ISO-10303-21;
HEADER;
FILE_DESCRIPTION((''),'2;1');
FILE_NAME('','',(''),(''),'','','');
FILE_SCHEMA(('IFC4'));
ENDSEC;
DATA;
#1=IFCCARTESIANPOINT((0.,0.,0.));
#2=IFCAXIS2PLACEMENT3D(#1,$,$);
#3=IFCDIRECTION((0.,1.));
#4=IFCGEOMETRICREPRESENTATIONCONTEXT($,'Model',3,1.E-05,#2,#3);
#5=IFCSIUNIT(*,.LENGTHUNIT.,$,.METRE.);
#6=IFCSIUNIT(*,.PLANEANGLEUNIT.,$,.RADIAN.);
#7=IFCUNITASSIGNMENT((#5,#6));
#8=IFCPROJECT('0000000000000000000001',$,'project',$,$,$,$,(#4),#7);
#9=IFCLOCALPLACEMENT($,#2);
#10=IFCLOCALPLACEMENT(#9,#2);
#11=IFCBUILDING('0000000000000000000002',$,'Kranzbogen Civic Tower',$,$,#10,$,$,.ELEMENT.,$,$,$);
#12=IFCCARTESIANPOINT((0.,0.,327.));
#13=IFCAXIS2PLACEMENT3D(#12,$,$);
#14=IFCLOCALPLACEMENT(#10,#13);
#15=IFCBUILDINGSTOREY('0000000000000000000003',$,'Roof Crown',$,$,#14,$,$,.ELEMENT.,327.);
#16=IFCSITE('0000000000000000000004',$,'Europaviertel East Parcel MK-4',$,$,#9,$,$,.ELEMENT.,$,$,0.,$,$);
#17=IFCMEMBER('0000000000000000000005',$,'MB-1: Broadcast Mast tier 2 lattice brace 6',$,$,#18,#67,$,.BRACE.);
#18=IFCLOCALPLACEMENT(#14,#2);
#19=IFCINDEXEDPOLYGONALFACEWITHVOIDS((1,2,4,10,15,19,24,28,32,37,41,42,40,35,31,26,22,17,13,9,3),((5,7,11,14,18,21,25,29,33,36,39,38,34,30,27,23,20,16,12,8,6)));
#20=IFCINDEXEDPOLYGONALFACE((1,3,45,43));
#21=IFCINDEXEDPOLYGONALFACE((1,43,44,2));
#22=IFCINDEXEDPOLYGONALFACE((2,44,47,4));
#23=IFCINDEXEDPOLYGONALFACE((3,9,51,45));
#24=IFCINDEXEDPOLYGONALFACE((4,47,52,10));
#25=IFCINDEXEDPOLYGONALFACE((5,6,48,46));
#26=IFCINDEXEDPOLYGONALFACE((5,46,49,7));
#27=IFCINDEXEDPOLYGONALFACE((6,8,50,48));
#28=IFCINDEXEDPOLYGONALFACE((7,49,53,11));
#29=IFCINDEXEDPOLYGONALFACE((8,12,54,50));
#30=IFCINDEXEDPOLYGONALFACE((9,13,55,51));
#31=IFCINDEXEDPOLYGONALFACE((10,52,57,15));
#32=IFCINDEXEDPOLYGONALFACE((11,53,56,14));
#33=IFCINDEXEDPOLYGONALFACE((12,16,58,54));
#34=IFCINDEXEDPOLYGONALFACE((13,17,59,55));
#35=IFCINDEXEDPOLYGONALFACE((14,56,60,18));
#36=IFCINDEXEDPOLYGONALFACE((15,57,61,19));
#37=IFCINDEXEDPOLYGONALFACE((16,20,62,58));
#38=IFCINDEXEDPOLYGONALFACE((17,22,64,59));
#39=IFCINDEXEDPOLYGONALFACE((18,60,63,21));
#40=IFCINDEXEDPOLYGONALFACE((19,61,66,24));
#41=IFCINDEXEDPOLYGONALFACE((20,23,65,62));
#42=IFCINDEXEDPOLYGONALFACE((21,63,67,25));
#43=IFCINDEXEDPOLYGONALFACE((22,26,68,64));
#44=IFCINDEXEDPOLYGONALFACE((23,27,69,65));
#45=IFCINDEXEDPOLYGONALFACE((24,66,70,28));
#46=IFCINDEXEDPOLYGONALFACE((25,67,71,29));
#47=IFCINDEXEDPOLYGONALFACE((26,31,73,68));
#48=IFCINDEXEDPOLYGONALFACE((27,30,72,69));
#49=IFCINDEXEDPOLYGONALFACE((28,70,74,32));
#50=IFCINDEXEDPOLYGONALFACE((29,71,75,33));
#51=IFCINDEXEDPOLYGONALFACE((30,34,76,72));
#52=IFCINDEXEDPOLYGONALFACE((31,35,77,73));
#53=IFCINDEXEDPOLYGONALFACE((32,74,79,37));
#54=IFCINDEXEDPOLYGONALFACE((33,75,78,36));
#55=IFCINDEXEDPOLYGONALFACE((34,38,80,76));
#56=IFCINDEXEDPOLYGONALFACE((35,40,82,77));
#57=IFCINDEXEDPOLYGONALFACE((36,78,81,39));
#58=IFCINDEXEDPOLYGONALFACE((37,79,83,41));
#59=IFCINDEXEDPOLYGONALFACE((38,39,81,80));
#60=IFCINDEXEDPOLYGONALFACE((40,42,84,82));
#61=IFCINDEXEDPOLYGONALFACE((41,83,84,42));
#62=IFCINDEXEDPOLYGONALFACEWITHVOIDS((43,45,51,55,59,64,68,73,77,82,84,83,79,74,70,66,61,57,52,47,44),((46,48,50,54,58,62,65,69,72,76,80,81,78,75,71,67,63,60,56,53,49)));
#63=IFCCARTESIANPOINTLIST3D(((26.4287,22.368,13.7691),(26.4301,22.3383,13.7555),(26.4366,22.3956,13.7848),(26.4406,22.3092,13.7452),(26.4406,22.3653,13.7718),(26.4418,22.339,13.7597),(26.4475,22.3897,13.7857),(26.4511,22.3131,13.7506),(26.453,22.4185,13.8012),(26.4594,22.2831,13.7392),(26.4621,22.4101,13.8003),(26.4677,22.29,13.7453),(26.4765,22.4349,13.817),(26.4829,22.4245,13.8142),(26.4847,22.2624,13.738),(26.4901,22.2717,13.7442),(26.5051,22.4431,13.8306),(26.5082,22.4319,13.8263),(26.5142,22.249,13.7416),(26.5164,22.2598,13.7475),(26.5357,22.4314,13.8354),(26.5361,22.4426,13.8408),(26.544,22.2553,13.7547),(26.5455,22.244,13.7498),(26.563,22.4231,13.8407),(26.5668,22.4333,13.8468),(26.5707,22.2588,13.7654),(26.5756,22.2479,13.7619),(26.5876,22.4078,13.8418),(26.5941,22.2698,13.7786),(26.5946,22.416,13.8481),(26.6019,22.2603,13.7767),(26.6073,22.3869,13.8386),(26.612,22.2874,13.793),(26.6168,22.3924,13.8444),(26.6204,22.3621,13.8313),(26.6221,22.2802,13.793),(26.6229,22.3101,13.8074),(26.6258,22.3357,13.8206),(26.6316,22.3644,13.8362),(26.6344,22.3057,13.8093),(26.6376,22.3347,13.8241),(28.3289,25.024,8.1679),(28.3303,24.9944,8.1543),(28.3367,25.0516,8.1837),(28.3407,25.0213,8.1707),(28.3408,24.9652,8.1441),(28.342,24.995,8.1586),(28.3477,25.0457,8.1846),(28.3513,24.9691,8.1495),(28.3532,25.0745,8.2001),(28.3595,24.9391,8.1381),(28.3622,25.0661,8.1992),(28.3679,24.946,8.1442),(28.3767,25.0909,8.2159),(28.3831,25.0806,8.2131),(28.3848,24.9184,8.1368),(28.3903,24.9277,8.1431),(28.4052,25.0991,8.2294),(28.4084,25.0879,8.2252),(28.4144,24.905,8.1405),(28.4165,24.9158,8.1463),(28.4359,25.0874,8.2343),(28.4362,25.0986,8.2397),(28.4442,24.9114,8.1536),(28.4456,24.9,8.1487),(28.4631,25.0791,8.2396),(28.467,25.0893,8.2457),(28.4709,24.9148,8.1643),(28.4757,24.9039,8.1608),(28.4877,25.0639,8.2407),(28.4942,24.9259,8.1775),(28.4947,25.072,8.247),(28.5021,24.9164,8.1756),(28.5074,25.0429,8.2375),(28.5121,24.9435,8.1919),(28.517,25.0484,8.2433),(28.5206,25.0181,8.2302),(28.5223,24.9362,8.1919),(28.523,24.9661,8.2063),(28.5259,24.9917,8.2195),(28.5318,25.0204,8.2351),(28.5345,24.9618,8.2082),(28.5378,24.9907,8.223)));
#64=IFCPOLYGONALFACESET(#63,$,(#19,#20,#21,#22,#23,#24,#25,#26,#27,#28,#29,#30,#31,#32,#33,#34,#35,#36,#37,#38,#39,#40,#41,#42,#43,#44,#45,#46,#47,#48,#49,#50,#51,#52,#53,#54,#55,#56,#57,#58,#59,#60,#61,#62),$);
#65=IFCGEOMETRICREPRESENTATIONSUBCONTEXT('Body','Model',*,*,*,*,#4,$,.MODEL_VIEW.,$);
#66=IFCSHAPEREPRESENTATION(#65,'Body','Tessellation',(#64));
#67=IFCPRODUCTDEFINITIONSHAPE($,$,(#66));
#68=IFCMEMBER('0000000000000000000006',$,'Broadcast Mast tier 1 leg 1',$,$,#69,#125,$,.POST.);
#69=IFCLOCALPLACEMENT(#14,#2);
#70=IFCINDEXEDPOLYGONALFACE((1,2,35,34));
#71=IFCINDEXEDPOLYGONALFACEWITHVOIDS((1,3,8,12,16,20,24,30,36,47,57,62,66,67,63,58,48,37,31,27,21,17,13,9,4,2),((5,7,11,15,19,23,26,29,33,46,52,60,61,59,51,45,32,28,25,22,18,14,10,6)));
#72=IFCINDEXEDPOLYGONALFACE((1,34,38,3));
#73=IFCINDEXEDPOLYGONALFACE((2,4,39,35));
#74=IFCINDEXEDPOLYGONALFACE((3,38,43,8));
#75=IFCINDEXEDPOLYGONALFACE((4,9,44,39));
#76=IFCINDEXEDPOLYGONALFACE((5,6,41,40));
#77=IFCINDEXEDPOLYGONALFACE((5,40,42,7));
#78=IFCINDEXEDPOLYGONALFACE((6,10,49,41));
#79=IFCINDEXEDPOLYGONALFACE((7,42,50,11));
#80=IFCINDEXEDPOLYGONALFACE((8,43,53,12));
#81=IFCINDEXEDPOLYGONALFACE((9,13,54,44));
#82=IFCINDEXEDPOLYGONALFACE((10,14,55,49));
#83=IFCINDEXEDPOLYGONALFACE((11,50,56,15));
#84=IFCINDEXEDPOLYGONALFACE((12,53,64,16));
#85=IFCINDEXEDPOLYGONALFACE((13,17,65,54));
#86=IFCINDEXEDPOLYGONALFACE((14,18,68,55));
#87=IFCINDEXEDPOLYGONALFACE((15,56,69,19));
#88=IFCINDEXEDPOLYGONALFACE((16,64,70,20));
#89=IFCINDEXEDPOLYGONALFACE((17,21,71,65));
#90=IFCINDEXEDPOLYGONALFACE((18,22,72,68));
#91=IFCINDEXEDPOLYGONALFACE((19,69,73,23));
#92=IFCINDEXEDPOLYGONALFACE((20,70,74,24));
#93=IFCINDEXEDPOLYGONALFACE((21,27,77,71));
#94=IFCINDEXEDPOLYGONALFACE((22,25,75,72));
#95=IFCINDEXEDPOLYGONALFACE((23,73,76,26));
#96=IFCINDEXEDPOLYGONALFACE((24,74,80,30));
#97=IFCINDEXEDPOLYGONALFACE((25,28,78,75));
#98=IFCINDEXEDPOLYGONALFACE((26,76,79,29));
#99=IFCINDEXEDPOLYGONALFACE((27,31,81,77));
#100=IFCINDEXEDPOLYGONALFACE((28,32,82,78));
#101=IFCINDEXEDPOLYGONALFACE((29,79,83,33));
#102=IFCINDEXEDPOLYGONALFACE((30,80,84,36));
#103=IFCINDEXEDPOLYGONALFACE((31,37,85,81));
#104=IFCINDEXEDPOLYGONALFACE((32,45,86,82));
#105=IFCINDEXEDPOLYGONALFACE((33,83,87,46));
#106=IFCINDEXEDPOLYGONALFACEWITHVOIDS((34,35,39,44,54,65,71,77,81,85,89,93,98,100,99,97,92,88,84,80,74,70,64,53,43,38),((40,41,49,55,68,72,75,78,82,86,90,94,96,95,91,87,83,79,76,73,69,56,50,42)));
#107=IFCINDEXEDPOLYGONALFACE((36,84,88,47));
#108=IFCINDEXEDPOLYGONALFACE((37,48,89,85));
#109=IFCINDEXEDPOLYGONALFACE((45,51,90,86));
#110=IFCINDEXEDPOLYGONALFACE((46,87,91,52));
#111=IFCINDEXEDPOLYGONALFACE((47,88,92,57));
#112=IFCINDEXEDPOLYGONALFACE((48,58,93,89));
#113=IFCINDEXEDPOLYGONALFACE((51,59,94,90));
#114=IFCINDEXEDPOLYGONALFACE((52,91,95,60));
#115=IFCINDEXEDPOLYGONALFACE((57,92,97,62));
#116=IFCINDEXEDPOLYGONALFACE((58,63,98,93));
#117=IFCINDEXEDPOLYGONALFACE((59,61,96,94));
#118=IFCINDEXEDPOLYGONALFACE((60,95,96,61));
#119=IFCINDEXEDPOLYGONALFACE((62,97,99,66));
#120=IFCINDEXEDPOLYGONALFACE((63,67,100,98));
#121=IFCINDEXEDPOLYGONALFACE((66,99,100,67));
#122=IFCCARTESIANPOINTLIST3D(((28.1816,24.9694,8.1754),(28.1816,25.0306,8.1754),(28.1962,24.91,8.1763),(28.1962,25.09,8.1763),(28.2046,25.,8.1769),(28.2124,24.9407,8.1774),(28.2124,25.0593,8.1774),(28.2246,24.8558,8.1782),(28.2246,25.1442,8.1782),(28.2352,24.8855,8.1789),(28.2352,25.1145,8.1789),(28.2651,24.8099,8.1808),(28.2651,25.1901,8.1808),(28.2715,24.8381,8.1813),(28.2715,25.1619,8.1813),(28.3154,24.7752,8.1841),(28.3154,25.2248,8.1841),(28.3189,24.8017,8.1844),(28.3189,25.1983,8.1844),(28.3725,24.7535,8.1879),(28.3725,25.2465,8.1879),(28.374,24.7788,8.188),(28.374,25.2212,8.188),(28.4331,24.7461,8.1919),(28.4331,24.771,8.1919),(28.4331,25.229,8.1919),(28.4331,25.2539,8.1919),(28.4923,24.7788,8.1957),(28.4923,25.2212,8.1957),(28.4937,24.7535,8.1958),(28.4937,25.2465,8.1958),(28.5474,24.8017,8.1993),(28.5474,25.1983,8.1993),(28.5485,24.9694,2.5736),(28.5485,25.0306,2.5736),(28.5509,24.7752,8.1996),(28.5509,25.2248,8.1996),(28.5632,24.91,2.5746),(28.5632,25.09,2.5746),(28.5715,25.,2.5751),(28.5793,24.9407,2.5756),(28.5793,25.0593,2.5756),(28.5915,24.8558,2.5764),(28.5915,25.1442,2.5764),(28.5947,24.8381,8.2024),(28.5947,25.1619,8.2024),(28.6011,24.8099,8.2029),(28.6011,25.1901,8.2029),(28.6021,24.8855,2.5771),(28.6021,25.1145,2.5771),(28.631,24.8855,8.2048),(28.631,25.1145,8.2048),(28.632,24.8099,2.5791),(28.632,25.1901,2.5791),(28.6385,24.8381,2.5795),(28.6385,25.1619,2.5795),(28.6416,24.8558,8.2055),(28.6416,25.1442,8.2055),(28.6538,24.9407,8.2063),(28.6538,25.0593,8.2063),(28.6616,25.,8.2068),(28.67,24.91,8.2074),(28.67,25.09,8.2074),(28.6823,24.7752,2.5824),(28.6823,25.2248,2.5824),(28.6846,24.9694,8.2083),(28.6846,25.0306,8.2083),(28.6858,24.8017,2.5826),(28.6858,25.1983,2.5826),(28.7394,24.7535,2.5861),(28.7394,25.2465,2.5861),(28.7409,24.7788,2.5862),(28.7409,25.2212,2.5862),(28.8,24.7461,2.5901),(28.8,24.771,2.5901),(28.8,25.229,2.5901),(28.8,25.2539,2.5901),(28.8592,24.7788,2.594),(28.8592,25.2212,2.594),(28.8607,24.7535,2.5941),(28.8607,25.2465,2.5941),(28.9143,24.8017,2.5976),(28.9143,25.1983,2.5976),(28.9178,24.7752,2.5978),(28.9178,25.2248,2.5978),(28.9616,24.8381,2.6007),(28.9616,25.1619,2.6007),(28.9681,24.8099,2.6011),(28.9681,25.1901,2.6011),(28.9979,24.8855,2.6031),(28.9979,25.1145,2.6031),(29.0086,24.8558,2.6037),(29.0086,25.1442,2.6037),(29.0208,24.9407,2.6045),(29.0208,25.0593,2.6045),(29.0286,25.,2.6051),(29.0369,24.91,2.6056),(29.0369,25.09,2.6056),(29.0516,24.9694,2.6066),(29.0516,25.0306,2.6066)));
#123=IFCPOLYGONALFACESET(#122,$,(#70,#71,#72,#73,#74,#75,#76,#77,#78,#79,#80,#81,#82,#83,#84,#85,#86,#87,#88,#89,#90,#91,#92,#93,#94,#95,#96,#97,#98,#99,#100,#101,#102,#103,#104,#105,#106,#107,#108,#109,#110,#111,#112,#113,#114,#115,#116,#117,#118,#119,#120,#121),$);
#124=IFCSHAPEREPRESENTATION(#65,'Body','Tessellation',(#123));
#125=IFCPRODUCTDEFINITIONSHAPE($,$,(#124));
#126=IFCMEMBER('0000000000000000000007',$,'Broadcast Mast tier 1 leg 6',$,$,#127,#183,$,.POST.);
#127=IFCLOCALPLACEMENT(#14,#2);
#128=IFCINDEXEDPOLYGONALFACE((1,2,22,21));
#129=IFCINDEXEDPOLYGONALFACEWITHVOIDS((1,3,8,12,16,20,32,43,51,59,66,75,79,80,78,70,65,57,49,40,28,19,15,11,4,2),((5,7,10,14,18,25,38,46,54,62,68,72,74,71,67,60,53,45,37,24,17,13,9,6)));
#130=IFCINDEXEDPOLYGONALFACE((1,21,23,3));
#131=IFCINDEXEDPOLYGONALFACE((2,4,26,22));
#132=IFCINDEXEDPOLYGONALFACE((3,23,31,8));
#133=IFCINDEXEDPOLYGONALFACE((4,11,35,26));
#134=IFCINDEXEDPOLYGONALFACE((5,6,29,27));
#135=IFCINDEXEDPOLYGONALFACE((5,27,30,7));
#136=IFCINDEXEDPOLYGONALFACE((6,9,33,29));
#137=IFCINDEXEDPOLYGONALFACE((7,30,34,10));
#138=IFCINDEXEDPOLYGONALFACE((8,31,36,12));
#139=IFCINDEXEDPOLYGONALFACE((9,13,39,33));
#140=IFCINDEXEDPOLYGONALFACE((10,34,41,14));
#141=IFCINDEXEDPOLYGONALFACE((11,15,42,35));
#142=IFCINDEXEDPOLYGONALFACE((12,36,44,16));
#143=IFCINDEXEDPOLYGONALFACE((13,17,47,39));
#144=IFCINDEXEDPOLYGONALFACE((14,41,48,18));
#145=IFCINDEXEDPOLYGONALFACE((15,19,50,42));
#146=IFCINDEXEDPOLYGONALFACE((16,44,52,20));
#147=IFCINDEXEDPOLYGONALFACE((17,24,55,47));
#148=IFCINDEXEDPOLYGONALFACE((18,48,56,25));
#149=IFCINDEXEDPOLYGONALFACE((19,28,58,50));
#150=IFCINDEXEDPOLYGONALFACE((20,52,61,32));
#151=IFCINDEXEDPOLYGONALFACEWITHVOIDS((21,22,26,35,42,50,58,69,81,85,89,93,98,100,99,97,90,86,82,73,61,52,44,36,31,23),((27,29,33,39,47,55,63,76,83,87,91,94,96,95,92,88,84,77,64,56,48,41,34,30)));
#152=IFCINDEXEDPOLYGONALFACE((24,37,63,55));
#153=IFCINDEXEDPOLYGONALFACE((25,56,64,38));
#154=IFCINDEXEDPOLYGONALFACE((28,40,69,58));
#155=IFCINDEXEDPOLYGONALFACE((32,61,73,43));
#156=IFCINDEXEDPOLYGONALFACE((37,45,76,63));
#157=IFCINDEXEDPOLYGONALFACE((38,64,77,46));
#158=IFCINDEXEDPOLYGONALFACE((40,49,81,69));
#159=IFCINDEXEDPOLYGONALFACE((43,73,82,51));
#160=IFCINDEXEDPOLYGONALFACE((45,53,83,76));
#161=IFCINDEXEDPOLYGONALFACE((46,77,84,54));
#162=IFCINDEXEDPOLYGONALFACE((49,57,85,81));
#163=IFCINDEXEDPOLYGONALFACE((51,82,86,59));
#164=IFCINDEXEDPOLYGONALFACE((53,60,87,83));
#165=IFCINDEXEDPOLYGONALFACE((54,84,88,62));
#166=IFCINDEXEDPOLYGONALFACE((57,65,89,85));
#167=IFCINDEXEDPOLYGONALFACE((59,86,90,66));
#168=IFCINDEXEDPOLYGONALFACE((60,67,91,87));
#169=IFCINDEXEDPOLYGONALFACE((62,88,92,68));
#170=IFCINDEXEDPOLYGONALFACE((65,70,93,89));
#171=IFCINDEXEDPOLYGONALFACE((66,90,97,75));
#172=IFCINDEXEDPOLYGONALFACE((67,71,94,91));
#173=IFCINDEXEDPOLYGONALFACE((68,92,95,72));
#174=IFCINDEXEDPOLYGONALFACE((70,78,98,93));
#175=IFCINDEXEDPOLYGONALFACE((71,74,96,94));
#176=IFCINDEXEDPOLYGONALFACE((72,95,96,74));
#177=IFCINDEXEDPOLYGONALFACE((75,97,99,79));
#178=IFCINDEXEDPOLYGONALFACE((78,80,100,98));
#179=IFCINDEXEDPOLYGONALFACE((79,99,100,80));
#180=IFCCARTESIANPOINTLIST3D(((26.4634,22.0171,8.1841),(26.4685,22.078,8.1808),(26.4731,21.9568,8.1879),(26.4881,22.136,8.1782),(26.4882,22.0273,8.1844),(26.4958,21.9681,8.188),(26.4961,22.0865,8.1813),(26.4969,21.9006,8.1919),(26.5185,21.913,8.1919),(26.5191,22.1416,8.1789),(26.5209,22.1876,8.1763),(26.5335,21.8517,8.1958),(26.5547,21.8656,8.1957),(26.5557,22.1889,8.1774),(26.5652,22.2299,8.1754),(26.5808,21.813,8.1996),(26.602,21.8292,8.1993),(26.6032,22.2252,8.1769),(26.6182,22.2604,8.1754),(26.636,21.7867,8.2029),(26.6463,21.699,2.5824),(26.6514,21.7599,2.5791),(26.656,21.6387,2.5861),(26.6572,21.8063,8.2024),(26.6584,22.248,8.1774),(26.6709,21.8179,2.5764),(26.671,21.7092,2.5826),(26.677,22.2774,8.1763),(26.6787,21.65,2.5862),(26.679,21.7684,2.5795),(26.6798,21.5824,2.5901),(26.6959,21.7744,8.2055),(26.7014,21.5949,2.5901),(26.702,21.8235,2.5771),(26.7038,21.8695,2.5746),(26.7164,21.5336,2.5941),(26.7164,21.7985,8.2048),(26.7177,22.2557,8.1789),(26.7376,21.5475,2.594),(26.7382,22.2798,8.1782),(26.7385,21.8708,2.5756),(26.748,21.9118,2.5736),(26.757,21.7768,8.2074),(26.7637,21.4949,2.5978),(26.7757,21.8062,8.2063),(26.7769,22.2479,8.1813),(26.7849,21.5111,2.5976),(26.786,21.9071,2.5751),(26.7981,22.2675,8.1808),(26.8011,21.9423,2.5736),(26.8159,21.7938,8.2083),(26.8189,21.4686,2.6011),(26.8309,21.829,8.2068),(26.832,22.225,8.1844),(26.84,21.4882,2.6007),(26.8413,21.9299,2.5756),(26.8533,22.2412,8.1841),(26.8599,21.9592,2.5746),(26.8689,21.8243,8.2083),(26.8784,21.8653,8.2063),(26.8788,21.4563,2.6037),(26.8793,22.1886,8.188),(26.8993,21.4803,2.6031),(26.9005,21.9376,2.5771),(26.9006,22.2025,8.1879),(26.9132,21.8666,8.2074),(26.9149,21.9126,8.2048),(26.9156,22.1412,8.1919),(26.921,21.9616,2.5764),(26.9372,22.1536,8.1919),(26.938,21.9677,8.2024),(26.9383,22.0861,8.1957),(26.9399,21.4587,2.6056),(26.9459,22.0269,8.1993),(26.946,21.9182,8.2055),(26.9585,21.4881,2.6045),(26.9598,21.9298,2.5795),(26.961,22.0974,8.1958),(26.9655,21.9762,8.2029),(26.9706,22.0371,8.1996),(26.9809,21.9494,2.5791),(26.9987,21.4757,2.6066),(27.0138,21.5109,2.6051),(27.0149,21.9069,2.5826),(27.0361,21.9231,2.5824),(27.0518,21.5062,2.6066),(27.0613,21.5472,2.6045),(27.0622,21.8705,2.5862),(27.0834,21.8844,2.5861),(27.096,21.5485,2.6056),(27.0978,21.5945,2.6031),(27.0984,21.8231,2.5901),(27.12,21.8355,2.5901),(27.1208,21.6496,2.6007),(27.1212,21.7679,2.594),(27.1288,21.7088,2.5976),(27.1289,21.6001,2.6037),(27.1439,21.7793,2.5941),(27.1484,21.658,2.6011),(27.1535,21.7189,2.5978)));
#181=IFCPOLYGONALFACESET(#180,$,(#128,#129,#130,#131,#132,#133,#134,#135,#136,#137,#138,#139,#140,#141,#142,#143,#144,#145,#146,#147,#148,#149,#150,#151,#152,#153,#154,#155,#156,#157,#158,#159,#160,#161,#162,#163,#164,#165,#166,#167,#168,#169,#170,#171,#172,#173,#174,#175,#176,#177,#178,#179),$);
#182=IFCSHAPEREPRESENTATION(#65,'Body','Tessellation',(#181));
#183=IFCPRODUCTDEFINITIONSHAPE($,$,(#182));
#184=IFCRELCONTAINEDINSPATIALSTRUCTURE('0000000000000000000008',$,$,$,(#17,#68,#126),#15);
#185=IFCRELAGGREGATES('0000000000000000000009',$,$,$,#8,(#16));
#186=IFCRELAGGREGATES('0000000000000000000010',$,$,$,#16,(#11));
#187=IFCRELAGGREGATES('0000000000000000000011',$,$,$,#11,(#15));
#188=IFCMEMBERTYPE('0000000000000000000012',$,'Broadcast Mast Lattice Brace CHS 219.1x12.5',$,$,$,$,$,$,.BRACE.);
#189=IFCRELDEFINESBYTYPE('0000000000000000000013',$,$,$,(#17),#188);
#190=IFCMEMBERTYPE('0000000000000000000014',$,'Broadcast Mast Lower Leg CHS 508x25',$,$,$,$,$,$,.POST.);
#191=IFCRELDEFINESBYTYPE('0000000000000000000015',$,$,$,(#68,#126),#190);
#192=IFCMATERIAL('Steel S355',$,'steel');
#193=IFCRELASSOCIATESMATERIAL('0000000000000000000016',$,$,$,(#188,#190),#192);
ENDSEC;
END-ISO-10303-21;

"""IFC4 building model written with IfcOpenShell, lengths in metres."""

from ifc_helpers import new_model, si_unit, direction, frame, origin, origin_2d, place, context, subcontext, project, spatial, hollow_circle, extrude, material, material_profile, profile_set, type_object, element, save


model = new_model("IFC4")

# Units and contexts
model_context = context("Model", 3, precision=1e-05, world=origin(), true_north=direction((0.0, 1.0)))
body_context = subcontext(model_context, "Body", "Model", "MODEL_VIEW")
ifc_project = project(units=[si_unit("LENGTHUNIT", "METRE"), si_unit("PLANEANGLEUNIT", "RADIAN")], contexts=[model_context])

# Site, building, storey
site_placement = place(None, origin())
site = spatial("IfcSite", under=ifc_project, at=site_placement, Name="Europaviertel East Parcel MK-4", CompositionType="ELEMENT", RefElevation=0.0)
building_placement = place(site_placement, origin())
building = spatial("IfcBuilding", under=site, at=building_placement, Name="Kranzbogen Civic Tower", CompositionType="ELEMENT")
storey_placement = place(building_placement, frame((0.0, 0.0, 327.0)))
storey = spatial("IfcBuildingStorey", under=building, at=storey_placement, Name="Roof Crown", CompositionType="ELEMENT", Elevation=327.0)

# Shared definitions
ifc_material_1 = material(Name="Steel S355", Category="steel")

# Members
ifc_material_profile_1 = material_profile(ifc_material_1, hollow_circle(Radius=0.1096, WallThickness=0.0125, at=origin_2d()), Name="CHS 219.1x12.5")
ifc_profile_set_1 = profile_set([ifc_material_profile_1], Name="Steel S355")
member_type_1 = type_object("IfcMemberType", Name="Broadcast Mast Lattice Brace CHS 219.1x12.5", PredefinedType="BRACE", material=ifc_profile_set_1)
member_1_placement = place(storey_placement, frame((28.4331, 25.0, 8.1919), z_axis=(-0.29307, -0.40965, 0.863885), x_axis=(0.813299, -0.581846, 0.0)))
element("IfcMember", 1, at=member_1_placement, inside=storey, type_object=member_type_1, Name="MB-1: Broadcast Mast tier 2 lattice brace 6", PredefinedType="BRACE", context=body_context, shape_type="SweptSolid", body=[
    extrude(hollow_circle(Radius=0.1096, WallThickness=0.0125, at=origin_2d()), origin(), (0.0, 0.0, 1.0), 6.4836),
])
ifc_material_profile_2 = material_profile(ifc_material_1, hollow_circle(Radius=0.2539, WallThickness=0.0249, at=origin_2d()), Name="CHS 508x25")
ifc_profile_set_2 = profile_set([ifc_material_profile_2], Name="Steel S355")
member_type_2 = type_object("IfcMemberType", Name="Broadcast Mast Lower Leg CHS 508x25", PredefinedType="POST", material=ifc_profile_set_2)
for number, where, z_axis, x_axis, name in (
    (2, (28.8, 25.0, 2.5901), (-0.065364, 0.0, 0.997861), (0.0, -1.0, 0.0), "Broadcast Mast tier 1 leg 1"),
    (3, (26.8999, 21.709, 2.5901), (-0.032573, 0.056667, 0.997862), (-0.866971, -0.498359, 0.0), "Broadcast Mast tier 1 leg 6"),
):
    element("IfcMember", number, at=place(storey_placement, frame(where, z_axis=z_axis, x_axis=x_axis)), inside=storey, type_object=member_type_2, Name=name, PredefinedType="POST", context=body_context, shape_type="SweptSolid", body=[
        extrude(hollow_circle(Radius=0.2539, WallThickness=0.0249, at=origin_2d()), origin(), (0.0, 0.0, 1.0), 5.6138),
    ])

save(model, "model.ifc")
